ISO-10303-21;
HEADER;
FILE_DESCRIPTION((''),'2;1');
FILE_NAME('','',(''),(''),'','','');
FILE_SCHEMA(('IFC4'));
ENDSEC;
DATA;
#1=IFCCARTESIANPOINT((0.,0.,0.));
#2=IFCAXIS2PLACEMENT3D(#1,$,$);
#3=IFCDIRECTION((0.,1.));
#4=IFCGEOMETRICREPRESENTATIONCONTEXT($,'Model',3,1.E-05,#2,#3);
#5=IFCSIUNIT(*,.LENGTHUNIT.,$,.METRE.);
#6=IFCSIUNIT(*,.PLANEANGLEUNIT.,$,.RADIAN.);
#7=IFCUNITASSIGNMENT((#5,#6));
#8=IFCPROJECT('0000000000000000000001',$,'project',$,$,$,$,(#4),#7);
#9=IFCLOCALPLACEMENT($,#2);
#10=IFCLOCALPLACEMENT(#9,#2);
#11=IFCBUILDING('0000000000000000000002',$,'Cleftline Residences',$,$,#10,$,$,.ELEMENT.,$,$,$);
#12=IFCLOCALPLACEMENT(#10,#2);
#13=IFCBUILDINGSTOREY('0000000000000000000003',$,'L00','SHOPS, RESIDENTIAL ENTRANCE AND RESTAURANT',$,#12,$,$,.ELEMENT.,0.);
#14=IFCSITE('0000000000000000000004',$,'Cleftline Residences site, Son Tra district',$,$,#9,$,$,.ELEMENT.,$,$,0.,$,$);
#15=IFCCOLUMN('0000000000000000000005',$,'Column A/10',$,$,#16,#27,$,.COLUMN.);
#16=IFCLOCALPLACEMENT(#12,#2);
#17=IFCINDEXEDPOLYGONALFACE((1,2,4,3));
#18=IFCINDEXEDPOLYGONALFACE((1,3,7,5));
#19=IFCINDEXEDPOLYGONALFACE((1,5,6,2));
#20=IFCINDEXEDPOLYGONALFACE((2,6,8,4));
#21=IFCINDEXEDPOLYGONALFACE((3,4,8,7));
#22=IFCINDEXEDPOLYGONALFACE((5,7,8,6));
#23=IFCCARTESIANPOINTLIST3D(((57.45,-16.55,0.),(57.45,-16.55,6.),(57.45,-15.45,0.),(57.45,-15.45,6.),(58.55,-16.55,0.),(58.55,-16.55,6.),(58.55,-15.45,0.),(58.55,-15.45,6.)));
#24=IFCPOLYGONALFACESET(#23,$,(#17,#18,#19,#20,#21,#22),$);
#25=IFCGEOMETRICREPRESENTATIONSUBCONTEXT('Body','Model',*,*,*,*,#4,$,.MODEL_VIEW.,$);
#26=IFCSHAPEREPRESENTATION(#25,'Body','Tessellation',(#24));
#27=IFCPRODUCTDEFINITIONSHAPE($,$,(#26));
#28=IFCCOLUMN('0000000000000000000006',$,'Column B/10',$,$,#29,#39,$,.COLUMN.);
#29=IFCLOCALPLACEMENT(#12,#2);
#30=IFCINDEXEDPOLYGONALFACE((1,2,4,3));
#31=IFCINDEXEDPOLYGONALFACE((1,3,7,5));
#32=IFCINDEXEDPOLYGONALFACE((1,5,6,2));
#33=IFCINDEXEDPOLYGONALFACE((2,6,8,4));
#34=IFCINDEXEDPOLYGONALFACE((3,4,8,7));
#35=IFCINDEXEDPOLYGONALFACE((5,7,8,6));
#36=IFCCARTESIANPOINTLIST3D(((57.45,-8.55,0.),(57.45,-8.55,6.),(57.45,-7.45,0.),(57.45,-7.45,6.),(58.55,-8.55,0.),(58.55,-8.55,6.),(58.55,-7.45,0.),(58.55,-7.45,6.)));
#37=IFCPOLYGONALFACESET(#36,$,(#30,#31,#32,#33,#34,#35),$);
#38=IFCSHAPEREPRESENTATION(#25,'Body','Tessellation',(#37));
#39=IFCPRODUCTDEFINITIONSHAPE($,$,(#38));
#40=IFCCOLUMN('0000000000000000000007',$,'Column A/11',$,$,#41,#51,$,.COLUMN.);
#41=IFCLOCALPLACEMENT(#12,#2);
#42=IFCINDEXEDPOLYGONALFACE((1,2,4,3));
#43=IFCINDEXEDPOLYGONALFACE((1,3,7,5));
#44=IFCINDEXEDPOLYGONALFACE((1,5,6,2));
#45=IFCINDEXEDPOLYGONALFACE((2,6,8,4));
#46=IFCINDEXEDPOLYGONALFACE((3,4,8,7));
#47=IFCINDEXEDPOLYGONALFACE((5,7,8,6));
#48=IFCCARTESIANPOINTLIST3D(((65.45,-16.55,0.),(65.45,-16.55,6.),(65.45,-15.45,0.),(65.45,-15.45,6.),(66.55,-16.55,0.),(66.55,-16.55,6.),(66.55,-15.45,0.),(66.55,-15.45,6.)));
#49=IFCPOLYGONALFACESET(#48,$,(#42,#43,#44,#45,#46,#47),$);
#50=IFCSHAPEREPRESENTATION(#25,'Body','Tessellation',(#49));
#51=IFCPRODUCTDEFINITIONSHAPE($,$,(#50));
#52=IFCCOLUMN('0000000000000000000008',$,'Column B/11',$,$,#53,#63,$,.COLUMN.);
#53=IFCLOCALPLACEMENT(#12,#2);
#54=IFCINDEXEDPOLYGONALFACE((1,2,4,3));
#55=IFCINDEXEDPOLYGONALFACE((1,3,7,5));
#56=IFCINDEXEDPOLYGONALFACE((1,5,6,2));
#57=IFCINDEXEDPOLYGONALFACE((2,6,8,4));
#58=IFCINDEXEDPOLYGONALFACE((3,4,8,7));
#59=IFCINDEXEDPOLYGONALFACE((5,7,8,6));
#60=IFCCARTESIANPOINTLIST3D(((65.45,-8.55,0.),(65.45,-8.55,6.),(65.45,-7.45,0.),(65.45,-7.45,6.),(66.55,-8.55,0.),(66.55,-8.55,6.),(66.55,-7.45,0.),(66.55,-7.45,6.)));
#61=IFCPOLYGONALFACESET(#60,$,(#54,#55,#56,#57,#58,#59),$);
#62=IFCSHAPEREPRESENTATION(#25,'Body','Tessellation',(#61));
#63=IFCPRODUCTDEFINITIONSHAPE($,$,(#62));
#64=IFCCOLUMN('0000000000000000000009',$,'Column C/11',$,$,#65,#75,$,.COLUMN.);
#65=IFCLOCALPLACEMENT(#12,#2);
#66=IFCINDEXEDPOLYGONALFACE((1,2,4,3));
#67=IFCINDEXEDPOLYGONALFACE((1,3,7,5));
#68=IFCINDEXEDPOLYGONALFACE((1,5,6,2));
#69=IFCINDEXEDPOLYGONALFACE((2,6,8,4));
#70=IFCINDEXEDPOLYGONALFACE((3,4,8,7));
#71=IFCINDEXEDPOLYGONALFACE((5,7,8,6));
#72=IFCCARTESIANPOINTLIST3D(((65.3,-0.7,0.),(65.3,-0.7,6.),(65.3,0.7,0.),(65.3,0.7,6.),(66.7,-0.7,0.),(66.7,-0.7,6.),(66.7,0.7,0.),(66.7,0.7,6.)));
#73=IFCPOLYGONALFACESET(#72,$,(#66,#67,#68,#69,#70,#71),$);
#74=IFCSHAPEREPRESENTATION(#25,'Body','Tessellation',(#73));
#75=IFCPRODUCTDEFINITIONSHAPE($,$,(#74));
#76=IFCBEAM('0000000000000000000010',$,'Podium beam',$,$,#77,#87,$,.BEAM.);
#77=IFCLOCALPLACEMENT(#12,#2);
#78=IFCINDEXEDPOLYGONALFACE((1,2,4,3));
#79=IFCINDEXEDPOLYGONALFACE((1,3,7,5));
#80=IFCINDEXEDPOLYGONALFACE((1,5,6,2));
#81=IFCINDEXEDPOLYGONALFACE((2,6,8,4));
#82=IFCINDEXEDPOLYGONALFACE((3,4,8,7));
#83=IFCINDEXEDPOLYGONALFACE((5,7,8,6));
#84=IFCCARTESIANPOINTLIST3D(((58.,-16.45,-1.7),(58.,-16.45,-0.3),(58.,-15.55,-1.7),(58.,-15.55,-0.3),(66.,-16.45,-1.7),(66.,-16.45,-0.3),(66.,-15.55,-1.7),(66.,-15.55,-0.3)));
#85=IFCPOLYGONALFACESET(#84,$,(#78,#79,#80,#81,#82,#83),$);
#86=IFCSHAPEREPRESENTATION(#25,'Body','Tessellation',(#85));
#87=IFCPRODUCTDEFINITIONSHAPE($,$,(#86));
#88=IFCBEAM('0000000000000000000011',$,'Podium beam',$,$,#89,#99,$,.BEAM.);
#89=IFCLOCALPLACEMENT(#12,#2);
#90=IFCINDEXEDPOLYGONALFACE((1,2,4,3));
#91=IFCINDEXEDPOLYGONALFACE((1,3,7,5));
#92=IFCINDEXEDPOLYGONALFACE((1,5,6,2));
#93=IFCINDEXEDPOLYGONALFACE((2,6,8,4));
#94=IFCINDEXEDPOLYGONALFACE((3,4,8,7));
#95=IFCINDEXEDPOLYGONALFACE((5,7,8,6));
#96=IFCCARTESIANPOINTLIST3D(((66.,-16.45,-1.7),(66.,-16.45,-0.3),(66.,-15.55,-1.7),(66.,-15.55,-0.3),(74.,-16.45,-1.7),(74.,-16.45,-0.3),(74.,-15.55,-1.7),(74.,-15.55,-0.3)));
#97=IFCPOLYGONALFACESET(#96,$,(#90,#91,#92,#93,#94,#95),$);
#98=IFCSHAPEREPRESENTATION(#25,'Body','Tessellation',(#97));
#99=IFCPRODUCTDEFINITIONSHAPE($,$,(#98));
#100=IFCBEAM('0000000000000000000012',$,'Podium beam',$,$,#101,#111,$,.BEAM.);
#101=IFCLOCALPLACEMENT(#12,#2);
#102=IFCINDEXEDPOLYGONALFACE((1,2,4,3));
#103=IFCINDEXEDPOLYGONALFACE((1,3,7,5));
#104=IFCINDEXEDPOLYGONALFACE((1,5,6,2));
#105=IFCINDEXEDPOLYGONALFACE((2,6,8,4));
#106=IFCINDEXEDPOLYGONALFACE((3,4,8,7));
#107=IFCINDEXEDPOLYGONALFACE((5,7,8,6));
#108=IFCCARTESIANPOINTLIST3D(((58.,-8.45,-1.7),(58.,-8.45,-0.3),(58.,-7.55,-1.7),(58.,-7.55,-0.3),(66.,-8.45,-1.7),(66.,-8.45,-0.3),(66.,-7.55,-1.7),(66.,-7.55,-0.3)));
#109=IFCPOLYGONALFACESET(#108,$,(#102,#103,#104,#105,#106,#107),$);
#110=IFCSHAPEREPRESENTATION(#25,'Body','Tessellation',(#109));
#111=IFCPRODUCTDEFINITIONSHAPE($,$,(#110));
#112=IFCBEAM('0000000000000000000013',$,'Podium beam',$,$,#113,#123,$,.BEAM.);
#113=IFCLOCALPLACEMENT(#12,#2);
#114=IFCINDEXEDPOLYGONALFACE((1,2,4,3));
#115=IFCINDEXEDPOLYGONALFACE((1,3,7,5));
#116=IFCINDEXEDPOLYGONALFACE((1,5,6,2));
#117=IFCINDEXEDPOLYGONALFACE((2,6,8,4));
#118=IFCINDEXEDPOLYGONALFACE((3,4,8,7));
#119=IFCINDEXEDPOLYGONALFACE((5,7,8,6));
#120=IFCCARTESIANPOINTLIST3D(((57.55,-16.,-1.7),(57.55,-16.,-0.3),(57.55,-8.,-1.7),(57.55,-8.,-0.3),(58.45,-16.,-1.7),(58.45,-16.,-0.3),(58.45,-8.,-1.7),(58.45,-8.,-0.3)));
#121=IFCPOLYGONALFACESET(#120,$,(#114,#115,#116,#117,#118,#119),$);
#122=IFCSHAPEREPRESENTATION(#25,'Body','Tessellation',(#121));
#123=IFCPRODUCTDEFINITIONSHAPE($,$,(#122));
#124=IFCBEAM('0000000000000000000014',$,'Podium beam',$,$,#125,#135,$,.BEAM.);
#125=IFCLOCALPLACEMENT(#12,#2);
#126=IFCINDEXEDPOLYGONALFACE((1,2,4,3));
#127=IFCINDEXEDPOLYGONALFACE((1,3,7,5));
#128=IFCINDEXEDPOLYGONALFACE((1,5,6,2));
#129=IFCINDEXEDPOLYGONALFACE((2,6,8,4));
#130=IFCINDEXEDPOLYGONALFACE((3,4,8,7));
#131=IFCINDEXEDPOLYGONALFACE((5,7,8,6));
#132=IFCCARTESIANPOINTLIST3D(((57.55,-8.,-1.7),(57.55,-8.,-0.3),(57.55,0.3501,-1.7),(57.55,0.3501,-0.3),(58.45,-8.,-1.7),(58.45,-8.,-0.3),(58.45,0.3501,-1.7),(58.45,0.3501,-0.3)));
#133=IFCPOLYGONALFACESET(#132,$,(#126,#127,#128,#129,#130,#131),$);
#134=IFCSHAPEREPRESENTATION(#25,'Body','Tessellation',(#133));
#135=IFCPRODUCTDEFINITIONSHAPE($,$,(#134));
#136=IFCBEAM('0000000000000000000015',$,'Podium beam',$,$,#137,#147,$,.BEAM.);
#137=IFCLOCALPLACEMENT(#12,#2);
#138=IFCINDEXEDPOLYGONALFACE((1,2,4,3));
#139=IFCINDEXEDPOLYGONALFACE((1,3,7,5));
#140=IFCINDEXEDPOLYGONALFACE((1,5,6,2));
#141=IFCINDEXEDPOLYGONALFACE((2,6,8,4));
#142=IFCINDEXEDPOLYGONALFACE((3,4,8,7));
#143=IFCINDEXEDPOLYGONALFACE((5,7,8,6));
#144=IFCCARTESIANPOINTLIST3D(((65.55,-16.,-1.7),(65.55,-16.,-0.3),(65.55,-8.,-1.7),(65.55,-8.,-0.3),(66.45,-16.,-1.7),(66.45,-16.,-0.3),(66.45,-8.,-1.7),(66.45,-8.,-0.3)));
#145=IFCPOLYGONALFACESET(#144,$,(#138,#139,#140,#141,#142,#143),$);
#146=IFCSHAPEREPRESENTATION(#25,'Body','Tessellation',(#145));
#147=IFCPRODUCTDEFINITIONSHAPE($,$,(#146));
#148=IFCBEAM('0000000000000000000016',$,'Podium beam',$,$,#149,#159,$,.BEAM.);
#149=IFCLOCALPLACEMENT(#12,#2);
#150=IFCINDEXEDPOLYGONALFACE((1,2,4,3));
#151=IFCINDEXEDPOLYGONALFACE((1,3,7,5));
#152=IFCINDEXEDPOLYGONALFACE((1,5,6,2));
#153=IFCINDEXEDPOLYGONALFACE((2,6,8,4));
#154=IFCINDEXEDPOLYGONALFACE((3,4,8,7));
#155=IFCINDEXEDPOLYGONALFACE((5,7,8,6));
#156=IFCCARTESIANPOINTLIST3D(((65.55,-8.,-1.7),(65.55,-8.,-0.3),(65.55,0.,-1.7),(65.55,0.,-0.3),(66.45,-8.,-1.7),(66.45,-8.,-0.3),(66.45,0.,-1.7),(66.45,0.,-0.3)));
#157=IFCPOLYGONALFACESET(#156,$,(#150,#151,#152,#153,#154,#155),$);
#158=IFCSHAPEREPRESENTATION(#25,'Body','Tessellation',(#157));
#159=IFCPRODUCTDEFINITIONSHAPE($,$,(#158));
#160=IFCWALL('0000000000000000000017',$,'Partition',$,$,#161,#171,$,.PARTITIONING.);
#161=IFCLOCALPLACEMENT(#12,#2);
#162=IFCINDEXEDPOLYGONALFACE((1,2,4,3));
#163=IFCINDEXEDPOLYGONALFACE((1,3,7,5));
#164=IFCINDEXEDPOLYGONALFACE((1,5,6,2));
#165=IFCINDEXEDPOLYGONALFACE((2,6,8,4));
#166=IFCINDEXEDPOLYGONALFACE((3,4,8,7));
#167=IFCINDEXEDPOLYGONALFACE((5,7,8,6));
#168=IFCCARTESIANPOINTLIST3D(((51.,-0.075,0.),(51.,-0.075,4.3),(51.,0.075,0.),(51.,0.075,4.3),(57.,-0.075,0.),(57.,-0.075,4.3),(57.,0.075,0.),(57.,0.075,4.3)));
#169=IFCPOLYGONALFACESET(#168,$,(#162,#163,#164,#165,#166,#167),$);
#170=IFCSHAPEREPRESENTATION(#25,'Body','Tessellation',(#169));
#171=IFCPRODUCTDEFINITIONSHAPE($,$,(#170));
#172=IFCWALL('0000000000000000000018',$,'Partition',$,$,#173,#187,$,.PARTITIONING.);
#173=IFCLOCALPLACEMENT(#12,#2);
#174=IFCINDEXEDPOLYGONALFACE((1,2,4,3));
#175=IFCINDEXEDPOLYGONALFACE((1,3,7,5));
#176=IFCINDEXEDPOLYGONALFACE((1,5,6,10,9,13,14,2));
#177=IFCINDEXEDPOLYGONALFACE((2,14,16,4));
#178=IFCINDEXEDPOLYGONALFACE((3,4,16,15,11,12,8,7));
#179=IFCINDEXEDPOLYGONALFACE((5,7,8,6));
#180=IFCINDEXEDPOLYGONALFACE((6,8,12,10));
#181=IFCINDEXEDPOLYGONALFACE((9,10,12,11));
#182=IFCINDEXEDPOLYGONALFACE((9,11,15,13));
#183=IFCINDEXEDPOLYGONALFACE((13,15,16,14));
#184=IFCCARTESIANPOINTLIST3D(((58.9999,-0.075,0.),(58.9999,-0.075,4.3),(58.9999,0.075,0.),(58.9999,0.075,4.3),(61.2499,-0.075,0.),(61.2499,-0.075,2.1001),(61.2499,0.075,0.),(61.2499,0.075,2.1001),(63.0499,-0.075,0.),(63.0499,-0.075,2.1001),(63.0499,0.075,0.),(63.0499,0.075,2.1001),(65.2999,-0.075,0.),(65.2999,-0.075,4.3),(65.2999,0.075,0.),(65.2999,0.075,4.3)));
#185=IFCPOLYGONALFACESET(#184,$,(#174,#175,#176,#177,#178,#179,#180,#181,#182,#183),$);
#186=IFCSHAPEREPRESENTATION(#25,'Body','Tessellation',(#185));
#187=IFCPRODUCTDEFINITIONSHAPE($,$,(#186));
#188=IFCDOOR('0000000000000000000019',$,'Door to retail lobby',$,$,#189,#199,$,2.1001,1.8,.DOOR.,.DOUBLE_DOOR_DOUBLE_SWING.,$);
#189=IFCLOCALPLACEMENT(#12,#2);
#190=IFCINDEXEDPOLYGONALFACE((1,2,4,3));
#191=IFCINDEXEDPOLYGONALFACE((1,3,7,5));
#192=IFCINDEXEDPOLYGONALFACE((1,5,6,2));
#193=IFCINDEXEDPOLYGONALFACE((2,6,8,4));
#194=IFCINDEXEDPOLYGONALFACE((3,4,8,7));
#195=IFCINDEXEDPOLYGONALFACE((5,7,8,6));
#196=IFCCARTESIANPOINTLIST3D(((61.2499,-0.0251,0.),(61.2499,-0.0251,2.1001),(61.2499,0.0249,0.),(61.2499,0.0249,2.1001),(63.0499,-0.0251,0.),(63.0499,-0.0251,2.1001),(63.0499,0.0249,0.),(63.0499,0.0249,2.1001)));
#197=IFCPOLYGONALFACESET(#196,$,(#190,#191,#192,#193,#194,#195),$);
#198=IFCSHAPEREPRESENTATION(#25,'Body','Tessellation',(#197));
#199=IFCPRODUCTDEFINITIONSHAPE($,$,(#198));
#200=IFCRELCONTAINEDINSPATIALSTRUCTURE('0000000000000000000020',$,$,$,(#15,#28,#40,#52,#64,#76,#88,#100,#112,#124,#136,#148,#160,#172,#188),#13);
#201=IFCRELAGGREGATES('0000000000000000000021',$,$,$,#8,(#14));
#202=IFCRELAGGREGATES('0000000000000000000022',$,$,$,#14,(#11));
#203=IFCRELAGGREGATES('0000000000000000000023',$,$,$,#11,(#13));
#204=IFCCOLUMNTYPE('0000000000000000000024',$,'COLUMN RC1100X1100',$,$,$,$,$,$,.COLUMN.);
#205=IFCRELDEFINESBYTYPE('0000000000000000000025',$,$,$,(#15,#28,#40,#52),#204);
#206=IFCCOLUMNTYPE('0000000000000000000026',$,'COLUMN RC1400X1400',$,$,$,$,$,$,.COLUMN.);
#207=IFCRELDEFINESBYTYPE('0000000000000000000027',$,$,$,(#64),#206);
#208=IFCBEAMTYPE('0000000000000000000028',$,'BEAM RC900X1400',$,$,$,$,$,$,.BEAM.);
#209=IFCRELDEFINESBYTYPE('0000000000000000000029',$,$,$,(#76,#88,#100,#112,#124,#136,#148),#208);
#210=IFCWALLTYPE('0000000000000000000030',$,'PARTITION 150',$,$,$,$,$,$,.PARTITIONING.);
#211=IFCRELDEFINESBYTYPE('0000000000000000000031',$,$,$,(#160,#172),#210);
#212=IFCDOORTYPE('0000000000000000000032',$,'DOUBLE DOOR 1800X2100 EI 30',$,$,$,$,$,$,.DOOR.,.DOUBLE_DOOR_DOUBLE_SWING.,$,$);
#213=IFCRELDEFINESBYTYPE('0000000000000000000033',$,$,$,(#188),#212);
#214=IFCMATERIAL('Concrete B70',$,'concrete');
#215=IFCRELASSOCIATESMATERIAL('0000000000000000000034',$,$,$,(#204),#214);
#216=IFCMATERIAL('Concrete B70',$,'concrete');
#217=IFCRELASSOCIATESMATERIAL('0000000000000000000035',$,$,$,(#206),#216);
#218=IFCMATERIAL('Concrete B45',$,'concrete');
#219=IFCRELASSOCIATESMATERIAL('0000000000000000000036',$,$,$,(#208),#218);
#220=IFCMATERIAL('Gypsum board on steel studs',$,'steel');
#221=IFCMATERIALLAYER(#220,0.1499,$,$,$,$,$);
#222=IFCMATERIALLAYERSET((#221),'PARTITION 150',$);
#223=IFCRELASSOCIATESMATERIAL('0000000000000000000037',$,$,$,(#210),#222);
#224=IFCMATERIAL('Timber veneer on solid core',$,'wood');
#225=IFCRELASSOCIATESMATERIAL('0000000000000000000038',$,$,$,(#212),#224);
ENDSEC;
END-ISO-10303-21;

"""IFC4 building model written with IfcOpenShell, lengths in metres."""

from ifc_helpers import new_model, si_unit, direction, frame, frame_2d, origin, origin_2d, place, context, subcontext, project, spatial, rectangle, extrude, material, layer, layer_set, material_profile, profile_set, type_object, element, fill, save


model = new_model("IFC4")

# Units and contexts
model_context = context("Model", 3, precision=1e-05, world=origin(), true_north=direction((0.0, 1.0)))
body_context = subcontext(model_context, "Body", "Model", "MODEL_VIEW")
ifc_project = project(units=[si_unit("LENGTHUNIT", "METRE"), si_unit("PLANEANGLEUNIT", "RADIAN")], contexts=[model_context])

# Site, building, storey
site_placement = place(None, origin())
site = spatial("IfcSite", under=ifc_project, at=site_placement, Name="Cleftline Residences site, Son Tra district", CompositionType="ELEMENT", RefElevation=0.0)
building_placement = place(site_placement, origin())
building = spatial("IfcBuilding", under=site, at=building_placement, Name="Cleftline Residences", CompositionType="ELEMENT")
storey_placement = place(building_placement, origin())
storey = spatial("IfcBuildingStorey", under=building, at=storey_placement, Name="L00", Description="SHOPS, RESIDENTIAL ENTRANCE AND RESTAURANT", CompositionType="ELEMENT", Elevation=0.0)

# Columns
ifc_material_1 = material(Name="Concrete B70", Category="concrete")
ifc_material_profile_1 = material_profile(ifc_material_1, rectangle(XDim=1.1001, YDim=1.1001, at=origin_2d()))
ifc_profile_set_1 = profile_set([ifc_material_profile_1], Name="Concrete B70")
column_type_1 = type_object("IfcColumnType", Name="COLUMN RC1100X1100", PredefinedType="COLUMN", material=ifc_profile_set_1)
for number, where, z_axis, x_axis, name in (
    (1, (58.0, -16.0, 0.0), (0.0, 0.0, 1.0), (1.0, 0.0, 0.0), "Column A/10"),
    (2, (58.0, -8.0, 0.0), (0.0, 0.0, 1.0), (1.0, 0.0, 0.0), "Column B/10"),
    (3, (66.0, -16.0, 0.0), (0.0, 0.0, 1.0), (1.0, 0.0, 0.0), "Column A/11"),
    (4, (66.0, -8.0, 0.0), (0.0, 0.0, 1.0), (1.0, 0.0, 0.0), "Column B/11"),
):
    element("IfcColumn", number, at=place(storey_placement, frame(where, z_axis=z_axis, x_axis=x_axis)), inside=storey, type_object=column_type_1, Name=name, PredefinedType="COLUMN", context=body_context, shape_type="SweptSolid", body=[
        extrude(rectangle(XDim=1.1001, YDim=1.1001, at=origin_2d()), origin(), (0.0, 0.0, 1.0), 6.0),
    ])
ifc_material_2 = material(Name="Concrete B70", Category="concrete")
ifc_material_profile_2 = material_profile(ifc_material_2, rectangle(XDim=1.3999, YDim=1.3999, at=origin_2d()))
ifc_profile_set_2 = profile_set([ifc_material_profile_2], Name="Concrete B70")
column_type_2 = type_object("IfcColumnType", Name="COLUMN RC1400X1400", PredefinedType="COLUMN", material=ifc_profile_set_2)
column_placement = place(storey_placement, frame((66.0, 0.0, 0.0), z_axis=(0.0, 0.0, 1.0), x_axis=(1.0, 0.0, 0.0)))
element("IfcColumn", 5, at=column_placement, inside=storey, type_object=column_type_2, Name="Column C/11", PredefinedType="COLUMN", context=body_context, shape_type="SweptSolid", body=[
    extrude(rectangle(XDim=1.3999, YDim=1.3999, at=origin_2d()), origin(), (0.0, 0.0, 1.0), 6.0),
])

# Beams
ifc_material_3 = material(Name="Concrete B45", Category="concrete")
ifc_material_profile_3 = material_profile(ifc_material_3, rectangle(XDim=0.8999, YDim=1.3999, at=origin_2d()))
ifc_profile_set_3 = profile_set([ifc_material_profile_3], Name="Concrete B45")
beam_type = type_object("IfcBeamType", Name="BEAM RC900X1400", PredefinedType="BEAM", material=ifc_profile_set_3)
for number, where, z_axis, x_axis, name in (
    (6, (58.0, -16.0, -1.0), (1.0, 0.0, 0.0), (0.0, 1.0, 0.0), "Podium beam"),
    (7, (66.0, -16.0, -1.0), (1.0, 0.0, 0.0), (0.0, 1.0, 0.0), "Podium beam"),
    (8, (58.0, -8.0, -1.0), (1.0, 0.0, 0.0), (0.0, 1.0, 0.0), "Podium beam"),
    (9, (58.0, -16.0, -1.0), (0.0, 1.0, 0.0), (-1.0, 0.0, 0.0), "Podium beam"),
):
    element("IfcBeam", number, at=place(storey_placement, frame(where, z_axis=z_axis, x_axis=x_axis)), inside=storey, type_object=beam_type, Name=name, PredefinedType="BEAM", context=body_context, shape_type="SweptSolid", body=[
        extrude(rectangle(XDim=0.8999, YDim=1.3999, at=origin_2d()), origin(), (0.0, 0.0, 1.0), 8.0),
    ])
beam_placement = place(storey_placement, frame((58.0, -8.0, -1.0), z_axis=(0.0, 1.0, 0.0), x_axis=(-1.0, 0.0, 0.0)))
element("IfcBeam", 10, at=beam_placement, inside=storey, type_object=beam_type, Name="Podium beam", PredefinedType="BEAM", context=body_context, shape_type="SweptSolid", body=[
    extrude(rectangle(XDim=0.8999, YDim=1.3999, at=origin_2d()), origin(), (0.0, 0.0, 1.0), 8.3501),
])
for number, where, z_axis, x_axis, name in (
    (11, (66.0, -16.0, -1.0), (0.0, 1.0, 0.0), (-1.0, 0.0, 0.0), "Podium beam"),
    (12, (66.0, -8.0, -1.0), (0.0, 1.0, 0.0), (-1.0, 0.0, 0.0), "Podium beam"),
):
    element("IfcBeam", number, at=place(storey_placement, frame(where, z_axis=z_axis, x_axis=x_axis)), inside=storey, type_object=beam_type, Name=name, PredefinedType="BEAM", context=body_context, shape_type="SweptSolid", body=[
        extrude(rectangle(XDim=0.8999, YDim=1.3999, at=origin_2d()), origin(), (0.0, 0.0, 1.0), 8.0),
    ])

# Wall
ifc_material_4 = material(Name="Gypsum board on steel studs", Category="steel")
ifc_layer_1 = layer(ifc_material_4, 0.1499)
ifc_layer_set_1 = layer_set([ifc_layer_1], Name="PARTITION 150")
wall_type_1 = type_object("IfcWallType", Name="PARTITION 150", PredefinedType="PARTITIONING", material=ifc_layer_set_1)
wall_1_placement = place(storey_placement, frame((51.0, 0.0, 0.0), z_axis=(0.0, 0.0, 1.0), x_axis=(1.0, 0.0, 0.0)))
element("IfcWall", 13, at=wall_1_placement, inside=storey, type_object=wall_type_1, Name="Partition", PredefinedType="PARTITIONING", context=body_context, shape_type="SweptSolid", body=[
    extrude(rectangle(XDim=6.0, YDim=0.1499, at=frame_2d((3.0, 0.0))), origin(), (0.0, 0.0, 1.0), 4.3),
])

# Wall, opening, door
wall_2_placement = place(storey_placement, frame((59.0, 0.0, 0.0), z_axis=(0.0, 0.0, 1.0), x_axis=(1.0, 0.0, 0.0)))
wall_2 = element("IfcWall", 14, at=wall_2_placement, inside=storey, type_object=wall_type_1, Name="Partition", PredefinedType="PARTITIONING", context=body_context, shape_type="SweptSolid", body=[
    extrude(rectangle(XDim=6.3, YDim=0.1499, at=frame_2d((3.1499, 0.0))), origin(), (0.0, 0.0, 1.0), 4.3),
])
opening_placement = place(wall_2_placement, frame((2.25, 0.0, 0.0)))
opening = element("IfcOpeningElement", 15, at=opening_placement, cuts=wall_2, PredefinedType="OPENING", context=body_context, shape_type="SweptSolid", body=[
    extrude(rectangle(XDim=1.8, YDim=2.1001, at=frame_2d((0.8999, 1.05))), frame((0.0, 0.085, 0.0), z_axis=(0.0, -1.0, 0.0), x_axis=(1.0, 0.0, 0.0)), (0.0, 0.0, 1.0), 0.1699),
])
ifc_material_5 = material(Name="Timber veneer on solid core", Category="wood")
door_type = type_object("IfcDoorType", Name="DOUBLE DOOR 1800X2100 EI 30", OperationType="DOUBLE_DOOR_DOUBLE_SWING", PredefinedType="DOOR", material=ifc_material_5)
door_placement = place(opening_placement, origin())
door = element("IfcDoor", 16, at=door_placement, inside=storey, type_object=door_type, Name="Door to retail lobby", OperationType="DOUBLE_DOOR_DOUBLE_SWING", OverallHeight=2.1001, OverallWidth=1.8, PredefinedType="DOOR", context=body_context, shape_type="SweptSolid", body=[
    extrude(rectangle(XDim=1.8, YDim=2.1001, at=frame_2d((0.8999, 1.05))), frame((0.0, 0.0249, 0.0), z_axis=(0.0, -1.0, 0.0), x_axis=(1.0, 0.0, 0.0)), (0.0, 0.0, 1.0), 0.05),
])
fill(opening, door)

save(model, "model.ifc")
